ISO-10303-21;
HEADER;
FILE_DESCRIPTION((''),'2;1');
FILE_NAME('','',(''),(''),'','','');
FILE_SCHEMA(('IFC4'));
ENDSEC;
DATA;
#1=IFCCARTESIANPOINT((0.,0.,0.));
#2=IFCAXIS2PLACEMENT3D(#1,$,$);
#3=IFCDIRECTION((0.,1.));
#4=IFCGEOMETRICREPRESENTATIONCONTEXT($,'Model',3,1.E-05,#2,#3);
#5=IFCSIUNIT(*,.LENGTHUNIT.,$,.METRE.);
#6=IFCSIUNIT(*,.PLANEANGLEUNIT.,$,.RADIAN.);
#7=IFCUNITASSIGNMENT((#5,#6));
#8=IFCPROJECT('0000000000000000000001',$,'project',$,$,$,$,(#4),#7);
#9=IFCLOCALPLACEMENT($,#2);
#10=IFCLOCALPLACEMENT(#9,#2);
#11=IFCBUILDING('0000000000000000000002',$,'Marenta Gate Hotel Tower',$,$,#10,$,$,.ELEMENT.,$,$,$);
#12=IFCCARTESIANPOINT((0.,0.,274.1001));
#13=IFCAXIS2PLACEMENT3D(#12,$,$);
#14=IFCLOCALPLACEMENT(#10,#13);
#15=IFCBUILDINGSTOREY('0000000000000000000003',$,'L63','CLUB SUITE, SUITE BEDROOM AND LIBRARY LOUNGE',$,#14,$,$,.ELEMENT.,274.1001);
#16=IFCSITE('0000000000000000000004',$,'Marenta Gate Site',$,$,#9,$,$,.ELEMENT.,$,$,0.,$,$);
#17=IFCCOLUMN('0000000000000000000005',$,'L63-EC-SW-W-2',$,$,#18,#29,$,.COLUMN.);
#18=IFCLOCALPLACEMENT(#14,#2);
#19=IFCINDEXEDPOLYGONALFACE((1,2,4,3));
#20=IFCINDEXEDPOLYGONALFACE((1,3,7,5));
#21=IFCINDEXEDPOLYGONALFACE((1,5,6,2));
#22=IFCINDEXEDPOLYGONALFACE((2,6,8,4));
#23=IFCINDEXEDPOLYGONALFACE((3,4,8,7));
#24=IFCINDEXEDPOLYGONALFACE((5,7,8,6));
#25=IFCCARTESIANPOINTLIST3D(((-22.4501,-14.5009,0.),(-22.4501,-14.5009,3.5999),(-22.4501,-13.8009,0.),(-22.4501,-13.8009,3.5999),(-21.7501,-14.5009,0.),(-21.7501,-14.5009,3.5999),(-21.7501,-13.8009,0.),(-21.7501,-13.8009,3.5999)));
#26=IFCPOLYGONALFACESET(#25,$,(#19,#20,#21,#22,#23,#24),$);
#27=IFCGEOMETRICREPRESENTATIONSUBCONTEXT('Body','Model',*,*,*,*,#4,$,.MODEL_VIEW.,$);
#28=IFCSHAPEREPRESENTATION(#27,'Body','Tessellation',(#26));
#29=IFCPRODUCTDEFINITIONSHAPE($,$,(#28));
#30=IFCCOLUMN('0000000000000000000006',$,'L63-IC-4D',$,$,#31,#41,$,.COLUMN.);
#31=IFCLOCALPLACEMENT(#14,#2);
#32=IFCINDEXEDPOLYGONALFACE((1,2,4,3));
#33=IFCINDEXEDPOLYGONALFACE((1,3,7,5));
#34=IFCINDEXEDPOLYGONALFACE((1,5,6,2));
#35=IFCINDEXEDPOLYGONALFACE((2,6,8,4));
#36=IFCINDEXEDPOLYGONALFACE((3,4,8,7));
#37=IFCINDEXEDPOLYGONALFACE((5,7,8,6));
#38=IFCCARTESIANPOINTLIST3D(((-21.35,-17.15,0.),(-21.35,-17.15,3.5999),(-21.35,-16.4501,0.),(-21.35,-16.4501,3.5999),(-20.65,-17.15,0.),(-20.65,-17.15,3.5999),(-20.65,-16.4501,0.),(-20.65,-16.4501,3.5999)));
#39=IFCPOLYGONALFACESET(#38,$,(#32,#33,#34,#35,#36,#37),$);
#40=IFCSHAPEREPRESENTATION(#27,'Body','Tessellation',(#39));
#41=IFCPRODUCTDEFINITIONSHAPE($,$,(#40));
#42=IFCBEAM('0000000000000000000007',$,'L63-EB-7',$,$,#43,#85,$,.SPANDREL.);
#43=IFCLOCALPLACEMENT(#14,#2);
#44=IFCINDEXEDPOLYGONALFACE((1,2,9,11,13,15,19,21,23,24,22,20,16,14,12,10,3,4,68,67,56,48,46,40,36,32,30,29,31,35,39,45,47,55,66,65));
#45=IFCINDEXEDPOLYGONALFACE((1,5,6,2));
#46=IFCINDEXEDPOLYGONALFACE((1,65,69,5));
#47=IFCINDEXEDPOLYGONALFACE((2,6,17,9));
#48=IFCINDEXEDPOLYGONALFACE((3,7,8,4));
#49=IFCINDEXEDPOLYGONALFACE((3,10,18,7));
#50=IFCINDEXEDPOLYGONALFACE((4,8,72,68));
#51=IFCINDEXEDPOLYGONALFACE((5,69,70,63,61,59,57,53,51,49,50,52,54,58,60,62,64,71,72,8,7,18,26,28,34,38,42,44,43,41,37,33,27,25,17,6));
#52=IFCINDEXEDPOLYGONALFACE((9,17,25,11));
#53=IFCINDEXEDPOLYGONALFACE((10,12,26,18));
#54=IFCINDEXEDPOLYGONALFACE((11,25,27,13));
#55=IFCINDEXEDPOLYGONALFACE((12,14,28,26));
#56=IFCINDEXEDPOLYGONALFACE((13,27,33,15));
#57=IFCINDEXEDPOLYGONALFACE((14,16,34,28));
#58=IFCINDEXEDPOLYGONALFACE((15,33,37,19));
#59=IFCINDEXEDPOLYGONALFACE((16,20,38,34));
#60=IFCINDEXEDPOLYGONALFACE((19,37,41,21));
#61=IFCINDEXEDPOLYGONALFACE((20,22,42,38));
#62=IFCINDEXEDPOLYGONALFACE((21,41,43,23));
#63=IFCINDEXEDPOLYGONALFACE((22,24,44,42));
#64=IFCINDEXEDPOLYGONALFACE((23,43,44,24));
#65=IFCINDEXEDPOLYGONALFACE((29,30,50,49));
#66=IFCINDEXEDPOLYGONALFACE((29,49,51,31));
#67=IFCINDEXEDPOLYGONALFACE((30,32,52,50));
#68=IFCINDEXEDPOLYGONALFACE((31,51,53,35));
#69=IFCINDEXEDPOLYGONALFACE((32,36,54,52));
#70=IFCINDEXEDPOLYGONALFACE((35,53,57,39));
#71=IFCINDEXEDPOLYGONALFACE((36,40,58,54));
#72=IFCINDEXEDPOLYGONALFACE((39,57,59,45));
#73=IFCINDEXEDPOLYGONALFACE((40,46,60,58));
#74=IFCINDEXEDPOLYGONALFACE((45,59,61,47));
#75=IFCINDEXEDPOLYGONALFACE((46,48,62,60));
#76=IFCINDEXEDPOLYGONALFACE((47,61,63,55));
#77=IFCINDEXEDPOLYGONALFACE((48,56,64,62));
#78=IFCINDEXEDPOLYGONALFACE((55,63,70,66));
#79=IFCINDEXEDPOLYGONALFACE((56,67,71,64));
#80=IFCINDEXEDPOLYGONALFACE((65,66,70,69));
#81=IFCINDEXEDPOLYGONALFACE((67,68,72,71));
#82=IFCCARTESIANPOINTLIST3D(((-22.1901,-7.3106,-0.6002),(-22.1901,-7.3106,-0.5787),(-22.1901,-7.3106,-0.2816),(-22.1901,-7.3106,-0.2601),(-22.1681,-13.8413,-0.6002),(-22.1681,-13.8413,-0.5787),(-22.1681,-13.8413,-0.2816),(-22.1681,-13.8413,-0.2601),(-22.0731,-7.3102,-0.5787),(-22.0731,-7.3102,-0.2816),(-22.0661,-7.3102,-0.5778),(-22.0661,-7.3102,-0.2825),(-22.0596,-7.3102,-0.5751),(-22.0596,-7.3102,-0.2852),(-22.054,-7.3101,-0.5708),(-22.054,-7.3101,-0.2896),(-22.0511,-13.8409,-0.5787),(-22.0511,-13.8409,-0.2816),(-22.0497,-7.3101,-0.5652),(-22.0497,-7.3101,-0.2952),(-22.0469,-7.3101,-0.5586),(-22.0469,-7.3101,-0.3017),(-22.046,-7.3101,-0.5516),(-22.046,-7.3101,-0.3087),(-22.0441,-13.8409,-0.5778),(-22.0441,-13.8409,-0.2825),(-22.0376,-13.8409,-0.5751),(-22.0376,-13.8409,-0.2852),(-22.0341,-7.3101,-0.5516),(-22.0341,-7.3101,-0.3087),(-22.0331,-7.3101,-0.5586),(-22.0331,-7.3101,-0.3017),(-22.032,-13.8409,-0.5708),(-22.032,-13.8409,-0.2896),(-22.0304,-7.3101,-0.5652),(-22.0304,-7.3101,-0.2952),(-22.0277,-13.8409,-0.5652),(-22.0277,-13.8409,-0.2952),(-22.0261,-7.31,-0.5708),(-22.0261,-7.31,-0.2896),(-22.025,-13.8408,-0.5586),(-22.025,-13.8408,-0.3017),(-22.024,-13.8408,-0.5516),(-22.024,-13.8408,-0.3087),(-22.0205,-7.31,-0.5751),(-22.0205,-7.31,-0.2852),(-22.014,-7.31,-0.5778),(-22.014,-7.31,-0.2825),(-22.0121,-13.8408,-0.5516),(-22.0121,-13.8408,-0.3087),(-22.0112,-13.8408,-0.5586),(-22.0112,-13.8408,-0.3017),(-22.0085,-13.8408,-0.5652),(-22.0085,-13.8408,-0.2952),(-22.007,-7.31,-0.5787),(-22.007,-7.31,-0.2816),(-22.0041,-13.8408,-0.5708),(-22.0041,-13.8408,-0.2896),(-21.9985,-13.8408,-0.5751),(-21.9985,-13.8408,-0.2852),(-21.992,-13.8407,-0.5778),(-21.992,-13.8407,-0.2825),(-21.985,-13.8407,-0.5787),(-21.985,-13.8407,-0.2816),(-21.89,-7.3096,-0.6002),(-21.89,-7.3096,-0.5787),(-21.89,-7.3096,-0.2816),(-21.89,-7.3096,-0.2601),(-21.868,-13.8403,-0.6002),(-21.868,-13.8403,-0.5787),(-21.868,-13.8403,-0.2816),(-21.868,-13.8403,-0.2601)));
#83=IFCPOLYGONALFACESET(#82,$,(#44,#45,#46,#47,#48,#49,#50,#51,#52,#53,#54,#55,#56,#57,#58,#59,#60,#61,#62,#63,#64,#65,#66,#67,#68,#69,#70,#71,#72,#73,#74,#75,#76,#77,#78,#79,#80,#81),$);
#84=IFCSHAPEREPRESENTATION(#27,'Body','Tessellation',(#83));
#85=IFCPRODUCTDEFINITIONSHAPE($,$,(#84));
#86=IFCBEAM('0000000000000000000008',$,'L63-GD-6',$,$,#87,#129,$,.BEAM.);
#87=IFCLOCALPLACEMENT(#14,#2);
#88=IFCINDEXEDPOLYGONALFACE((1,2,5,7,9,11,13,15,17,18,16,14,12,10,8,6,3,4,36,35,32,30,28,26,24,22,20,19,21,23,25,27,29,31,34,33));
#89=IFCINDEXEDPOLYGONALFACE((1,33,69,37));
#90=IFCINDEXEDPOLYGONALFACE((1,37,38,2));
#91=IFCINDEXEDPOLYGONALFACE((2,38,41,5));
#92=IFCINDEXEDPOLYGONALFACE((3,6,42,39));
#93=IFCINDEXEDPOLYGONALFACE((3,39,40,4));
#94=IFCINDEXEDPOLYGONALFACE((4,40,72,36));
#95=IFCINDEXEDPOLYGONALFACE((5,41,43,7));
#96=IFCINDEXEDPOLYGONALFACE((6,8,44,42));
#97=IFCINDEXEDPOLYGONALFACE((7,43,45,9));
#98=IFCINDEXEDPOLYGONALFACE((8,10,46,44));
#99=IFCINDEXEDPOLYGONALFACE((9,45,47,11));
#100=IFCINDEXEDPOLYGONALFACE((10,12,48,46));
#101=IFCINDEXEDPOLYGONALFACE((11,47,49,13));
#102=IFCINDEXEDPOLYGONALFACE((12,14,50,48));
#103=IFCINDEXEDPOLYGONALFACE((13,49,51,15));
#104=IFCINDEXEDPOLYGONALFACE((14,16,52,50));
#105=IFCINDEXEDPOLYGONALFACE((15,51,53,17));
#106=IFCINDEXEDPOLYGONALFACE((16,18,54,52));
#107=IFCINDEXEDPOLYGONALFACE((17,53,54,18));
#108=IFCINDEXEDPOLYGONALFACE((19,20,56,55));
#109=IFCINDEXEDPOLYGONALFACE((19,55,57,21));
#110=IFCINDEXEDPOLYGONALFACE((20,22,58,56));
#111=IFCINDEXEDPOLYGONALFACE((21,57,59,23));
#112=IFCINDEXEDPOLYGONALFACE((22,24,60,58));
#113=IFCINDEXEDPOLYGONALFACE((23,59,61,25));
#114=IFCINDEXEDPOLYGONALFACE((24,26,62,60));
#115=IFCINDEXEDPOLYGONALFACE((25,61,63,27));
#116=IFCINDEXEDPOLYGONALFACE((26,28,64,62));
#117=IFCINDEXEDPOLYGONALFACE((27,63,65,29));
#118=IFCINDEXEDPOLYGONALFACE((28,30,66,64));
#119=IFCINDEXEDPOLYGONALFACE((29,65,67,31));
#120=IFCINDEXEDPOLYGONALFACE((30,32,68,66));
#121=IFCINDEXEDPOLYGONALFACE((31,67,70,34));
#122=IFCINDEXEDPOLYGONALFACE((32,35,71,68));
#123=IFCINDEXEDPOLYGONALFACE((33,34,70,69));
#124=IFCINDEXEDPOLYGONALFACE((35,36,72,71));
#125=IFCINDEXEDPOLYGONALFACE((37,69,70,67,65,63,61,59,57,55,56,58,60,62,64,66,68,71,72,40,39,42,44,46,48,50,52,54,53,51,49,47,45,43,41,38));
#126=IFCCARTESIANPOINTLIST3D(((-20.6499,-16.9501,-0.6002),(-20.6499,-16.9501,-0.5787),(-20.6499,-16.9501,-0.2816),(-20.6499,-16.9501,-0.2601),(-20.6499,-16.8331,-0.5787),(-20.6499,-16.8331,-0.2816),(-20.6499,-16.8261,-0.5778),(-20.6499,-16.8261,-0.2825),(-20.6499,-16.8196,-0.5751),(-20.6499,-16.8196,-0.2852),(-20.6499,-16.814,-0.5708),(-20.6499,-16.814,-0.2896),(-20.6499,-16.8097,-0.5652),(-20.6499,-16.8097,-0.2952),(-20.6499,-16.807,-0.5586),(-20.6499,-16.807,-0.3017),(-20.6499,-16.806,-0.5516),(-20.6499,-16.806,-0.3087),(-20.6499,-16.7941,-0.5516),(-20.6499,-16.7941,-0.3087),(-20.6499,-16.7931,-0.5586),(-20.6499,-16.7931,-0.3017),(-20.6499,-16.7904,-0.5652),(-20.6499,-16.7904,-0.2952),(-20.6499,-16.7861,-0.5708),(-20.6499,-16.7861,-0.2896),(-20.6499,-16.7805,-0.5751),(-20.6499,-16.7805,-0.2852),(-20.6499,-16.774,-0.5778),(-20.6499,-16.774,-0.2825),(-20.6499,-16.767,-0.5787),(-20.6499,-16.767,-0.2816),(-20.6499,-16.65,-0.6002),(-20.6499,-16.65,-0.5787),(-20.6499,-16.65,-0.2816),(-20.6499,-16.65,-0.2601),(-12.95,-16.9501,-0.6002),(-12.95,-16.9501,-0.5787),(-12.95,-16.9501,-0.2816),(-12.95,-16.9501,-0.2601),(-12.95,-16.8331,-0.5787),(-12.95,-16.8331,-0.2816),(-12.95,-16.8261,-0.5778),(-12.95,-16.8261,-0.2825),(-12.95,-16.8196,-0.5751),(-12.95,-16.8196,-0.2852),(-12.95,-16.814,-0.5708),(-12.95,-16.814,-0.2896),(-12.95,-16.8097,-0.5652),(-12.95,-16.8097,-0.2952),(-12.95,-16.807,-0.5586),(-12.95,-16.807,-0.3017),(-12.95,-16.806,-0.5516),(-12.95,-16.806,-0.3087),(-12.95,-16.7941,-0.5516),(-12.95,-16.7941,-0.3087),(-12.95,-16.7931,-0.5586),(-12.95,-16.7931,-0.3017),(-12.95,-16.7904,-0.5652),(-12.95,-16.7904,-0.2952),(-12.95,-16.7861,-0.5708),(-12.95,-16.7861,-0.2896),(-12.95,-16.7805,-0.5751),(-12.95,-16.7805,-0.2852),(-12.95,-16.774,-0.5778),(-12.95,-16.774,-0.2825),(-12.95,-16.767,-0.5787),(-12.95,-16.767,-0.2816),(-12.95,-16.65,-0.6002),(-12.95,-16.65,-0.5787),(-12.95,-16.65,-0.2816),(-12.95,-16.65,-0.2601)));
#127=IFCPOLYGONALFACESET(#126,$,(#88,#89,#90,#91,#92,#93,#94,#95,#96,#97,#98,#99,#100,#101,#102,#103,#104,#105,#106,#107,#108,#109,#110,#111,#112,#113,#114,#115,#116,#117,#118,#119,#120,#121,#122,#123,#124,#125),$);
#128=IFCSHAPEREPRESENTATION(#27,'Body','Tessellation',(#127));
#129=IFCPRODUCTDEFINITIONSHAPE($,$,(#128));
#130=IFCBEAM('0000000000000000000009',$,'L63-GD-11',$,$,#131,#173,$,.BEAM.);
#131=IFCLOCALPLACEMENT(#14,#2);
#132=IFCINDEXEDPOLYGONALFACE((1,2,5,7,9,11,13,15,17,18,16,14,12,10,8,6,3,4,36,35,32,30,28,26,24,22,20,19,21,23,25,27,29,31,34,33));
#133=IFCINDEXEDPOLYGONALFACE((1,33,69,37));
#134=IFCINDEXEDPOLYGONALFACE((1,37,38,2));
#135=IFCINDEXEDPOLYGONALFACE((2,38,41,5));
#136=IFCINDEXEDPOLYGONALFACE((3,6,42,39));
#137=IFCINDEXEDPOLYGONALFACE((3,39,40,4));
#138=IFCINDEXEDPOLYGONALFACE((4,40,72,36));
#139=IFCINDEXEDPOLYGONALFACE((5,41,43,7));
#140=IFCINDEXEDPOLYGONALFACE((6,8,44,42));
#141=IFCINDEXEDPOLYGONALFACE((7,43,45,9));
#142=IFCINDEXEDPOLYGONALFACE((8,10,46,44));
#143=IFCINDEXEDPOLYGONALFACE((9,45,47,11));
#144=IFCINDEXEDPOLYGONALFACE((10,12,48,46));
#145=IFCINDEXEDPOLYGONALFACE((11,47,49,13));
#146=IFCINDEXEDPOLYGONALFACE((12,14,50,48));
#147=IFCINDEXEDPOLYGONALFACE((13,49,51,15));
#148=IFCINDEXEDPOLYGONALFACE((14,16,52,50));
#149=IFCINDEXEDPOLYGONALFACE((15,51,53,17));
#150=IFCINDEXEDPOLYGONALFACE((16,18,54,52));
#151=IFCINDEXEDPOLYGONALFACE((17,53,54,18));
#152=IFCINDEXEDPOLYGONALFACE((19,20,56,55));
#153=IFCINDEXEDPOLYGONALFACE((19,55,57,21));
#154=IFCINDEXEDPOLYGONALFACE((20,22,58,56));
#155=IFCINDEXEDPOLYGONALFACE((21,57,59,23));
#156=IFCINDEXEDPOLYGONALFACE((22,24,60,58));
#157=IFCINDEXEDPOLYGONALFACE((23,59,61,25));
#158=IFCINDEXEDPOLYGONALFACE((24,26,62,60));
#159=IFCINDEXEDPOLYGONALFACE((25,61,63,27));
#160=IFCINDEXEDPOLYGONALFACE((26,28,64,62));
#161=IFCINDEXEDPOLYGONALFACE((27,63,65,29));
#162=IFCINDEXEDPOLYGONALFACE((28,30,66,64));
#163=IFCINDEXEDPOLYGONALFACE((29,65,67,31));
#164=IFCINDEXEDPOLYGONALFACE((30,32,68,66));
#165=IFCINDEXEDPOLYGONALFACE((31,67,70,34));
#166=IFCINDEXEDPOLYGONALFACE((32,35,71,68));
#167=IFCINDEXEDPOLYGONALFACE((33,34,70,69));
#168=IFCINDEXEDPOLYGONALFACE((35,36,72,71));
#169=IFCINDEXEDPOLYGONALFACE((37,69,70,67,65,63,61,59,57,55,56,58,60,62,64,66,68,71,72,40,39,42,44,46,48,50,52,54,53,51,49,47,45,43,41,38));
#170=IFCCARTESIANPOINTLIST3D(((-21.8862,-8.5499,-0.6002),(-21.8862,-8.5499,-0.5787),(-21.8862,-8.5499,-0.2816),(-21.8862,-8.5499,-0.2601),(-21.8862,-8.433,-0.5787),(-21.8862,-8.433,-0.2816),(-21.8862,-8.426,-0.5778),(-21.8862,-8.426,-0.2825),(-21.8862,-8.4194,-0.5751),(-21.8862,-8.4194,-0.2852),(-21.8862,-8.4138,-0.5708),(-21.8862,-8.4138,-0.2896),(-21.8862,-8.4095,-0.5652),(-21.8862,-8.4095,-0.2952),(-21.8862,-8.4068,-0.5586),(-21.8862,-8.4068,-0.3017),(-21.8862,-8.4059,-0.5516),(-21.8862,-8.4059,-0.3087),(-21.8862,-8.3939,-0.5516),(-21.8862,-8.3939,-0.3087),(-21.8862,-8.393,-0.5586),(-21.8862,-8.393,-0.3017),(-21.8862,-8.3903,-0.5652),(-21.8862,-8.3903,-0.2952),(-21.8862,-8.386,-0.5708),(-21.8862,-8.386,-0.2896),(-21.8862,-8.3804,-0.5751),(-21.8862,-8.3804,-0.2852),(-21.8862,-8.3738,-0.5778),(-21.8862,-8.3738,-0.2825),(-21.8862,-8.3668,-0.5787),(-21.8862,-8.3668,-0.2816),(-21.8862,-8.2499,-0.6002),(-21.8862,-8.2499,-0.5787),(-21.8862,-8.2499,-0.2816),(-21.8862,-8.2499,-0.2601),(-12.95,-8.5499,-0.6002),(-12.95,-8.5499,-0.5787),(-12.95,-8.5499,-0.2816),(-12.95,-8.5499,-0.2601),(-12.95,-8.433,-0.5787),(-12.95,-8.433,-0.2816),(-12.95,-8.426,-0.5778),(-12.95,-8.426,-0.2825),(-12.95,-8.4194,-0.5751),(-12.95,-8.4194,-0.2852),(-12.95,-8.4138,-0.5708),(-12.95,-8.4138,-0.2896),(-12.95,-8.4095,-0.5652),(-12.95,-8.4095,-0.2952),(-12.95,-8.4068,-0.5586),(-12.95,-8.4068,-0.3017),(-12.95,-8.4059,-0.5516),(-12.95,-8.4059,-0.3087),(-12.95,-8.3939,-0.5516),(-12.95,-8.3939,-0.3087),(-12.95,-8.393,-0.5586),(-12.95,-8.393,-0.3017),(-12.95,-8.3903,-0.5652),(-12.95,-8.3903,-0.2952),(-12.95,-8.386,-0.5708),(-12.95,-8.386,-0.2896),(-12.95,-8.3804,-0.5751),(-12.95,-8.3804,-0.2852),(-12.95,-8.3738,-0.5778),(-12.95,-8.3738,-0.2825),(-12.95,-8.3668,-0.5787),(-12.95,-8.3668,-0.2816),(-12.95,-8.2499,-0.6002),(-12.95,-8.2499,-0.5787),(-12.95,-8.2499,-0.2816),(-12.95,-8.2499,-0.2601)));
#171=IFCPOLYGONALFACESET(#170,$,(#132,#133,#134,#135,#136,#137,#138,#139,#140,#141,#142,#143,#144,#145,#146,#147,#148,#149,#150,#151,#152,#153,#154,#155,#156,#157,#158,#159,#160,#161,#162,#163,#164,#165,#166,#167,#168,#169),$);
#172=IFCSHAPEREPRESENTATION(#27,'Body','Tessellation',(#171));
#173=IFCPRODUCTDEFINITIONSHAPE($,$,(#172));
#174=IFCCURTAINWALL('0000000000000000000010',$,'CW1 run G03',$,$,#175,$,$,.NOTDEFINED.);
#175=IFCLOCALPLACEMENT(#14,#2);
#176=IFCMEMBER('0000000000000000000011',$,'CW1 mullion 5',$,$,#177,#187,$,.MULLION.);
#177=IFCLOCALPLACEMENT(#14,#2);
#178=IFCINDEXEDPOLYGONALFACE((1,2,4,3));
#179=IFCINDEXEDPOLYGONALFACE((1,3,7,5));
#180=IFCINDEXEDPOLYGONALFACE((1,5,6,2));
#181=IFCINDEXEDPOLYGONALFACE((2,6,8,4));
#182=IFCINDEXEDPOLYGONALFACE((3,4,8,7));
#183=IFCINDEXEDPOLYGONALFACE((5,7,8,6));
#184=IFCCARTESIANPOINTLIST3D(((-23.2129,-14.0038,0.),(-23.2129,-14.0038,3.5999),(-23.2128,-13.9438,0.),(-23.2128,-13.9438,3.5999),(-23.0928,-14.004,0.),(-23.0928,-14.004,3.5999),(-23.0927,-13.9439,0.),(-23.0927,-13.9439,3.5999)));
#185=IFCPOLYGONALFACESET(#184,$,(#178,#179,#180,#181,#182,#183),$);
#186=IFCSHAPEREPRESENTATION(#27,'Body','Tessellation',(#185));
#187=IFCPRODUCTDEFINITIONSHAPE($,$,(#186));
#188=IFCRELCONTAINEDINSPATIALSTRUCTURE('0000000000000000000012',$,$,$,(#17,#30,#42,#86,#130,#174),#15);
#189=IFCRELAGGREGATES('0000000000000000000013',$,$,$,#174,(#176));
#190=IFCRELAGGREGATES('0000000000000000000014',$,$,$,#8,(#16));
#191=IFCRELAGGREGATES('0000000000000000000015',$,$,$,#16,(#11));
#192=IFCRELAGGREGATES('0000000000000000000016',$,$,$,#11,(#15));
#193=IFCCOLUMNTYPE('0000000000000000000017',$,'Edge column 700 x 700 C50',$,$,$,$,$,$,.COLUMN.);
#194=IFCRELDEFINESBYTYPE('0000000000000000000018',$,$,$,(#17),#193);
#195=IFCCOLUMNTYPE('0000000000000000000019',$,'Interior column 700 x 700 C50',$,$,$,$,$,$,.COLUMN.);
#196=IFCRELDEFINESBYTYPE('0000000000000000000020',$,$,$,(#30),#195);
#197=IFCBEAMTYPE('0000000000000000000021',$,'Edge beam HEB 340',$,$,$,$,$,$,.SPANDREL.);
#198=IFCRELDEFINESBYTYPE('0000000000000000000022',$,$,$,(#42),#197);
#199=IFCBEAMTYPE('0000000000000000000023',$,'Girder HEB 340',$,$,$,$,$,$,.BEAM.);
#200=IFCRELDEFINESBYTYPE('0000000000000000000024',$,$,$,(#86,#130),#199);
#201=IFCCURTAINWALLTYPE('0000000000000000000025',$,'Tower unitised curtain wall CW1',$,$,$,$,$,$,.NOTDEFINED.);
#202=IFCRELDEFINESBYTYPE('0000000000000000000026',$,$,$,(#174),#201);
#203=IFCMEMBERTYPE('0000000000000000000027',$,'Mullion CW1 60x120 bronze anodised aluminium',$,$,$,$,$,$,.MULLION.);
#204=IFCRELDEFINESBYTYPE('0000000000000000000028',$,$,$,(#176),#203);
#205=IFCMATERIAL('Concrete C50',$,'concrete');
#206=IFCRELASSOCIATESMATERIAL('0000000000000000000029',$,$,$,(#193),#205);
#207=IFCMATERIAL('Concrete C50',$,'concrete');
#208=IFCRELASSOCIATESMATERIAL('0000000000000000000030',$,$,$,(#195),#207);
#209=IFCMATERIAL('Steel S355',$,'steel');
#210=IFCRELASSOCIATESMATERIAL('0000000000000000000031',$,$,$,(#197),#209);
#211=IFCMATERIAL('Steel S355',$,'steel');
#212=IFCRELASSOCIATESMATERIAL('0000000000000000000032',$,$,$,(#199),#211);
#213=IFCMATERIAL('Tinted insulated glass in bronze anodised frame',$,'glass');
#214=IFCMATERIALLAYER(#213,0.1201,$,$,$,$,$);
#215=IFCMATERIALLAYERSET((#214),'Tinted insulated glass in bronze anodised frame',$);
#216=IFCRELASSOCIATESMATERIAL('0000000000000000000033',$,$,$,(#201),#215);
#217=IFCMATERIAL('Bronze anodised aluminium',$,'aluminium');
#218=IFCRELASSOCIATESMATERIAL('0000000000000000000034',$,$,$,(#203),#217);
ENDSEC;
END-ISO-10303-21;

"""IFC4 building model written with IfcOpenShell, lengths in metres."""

from ifc_helpers import new_model, si_unit, direction, frame, origin, origin_2d, place, context, subcontext, project, spatial, rectangle, i_section, extrude, material, layer, layer_set, material_profile, profile_set, type_object, element, aggregate, save


model = new_model("IFC4")

# Units and contexts
model_context = context("Model", 3, precision=1e-05, world=origin(), true_north=direction((0.0, 1.0)))
body_context = subcontext(model_context, "Body", "Model", "MODEL_VIEW")
ifc_project = project(units=[si_unit("LENGTHUNIT", "METRE"), si_unit("PLANEANGLEUNIT", "RADIAN")], contexts=[model_context])

# Site, building, storey
site_placement = place(None, origin())
site = spatial("IfcSite", under=ifc_project, at=site_placement, Name="Marenta Gate Site", CompositionType="ELEMENT", RefElevation=0.0)
building_placement = place(site_placement, origin())
building = spatial("IfcBuilding", under=site, at=building_placement, Name="Marenta Gate Hotel Tower", CompositionType="ELEMENT")
storey_placement = place(building_placement, frame((0.0, 0.0, 274.1001)))
storey = spatial("IfcBuildingStorey", under=building, at=storey_placement, Name="L63", Description="CLUB SUITE, SUITE BEDROOM AND LIBRARY LOUNGE", CompositionType="ELEMENT", Elevation=274.1001)

# Columns
ifc_material_1 = material(Name="Concrete C50", Category="concrete")
ifc_material_profile_1 = material_profile(ifc_material_1, rectangle(XDim=0.7, YDim=0.7, at=origin_2d()), Name="700 x 700")
ifc_profile_set_1 = profile_set([ifc_material_profile_1], Name="Concrete C50")
column_type_1 = type_object("IfcColumnType", Name="Edge column 700 x 700 C50", PredefinedType="COLUMN", material=ifc_profile_set_1)
column_1_placement = place(storey_placement, frame((-22.1001, -14.1509, 0.0), z_axis=(0.0, 0.0, 1.0), x_axis=(1.0, 0.0, 0.0)))
element("IfcColumn", 1, at=column_1_placement, inside=storey, type_object=column_type_1, Name="L63-EC-SW-W-2", PredefinedType="COLUMN", context=body_context, shape_type="SweptSolid", body=[
    extrude(rectangle(XDim=0.7, YDim=0.7, at=origin_2d()), origin(), (0.0, 0.0, 1.0), 3.5999),
])
ifc_material_2 = material(Name="Concrete C50", Category="concrete")
ifc_material_profile_2 = material_profile(ifc_material_2, rectangle(XDim=0.7, YDim=0.7, at=origin_2d()), Name="700 x 700")
ifc_profile_set_2 = profile_set([ifc_material_profile_2], Name="Concrete C50")
column_type_2 = type_object("IfcColumnType", Name="Interior column 700 x 700 C50", PredefinedType="COLUMN", material=ifc_profile_set_2)
column_2_placement = place(storey_placement, frame((-21.0, -16.8, 0.0), z_axis=(0.0, 0.0, 1.0), x_axis=(1.0, 0.0, 0.0)))
element("IfcColumn", 2, at=column_2_placement, inside=storey, type_object=column_type_2, Name="L63-IC-4D", PredefinedType="COLUMN", context=body_context, shape_type="SweptSolid", body=[
    extrude(rectangle(XDim=0.7, YDim=0.7, at=origin_2d()), origin(), (0.0, 0.0, 1.0), 3.5999),
])

# Beams
ifc_material_3 = material(Name="Steel S355", Category="steel")
ifc_material_profile_3 = material_profile(ifc_material_3, i_section(OverallWidth=0.3, OverallDepth=0.3401, WebThickness=0.012, FlangeThickness=0.0215, FilletRadius=0.0271, at=origin_2d()), Name="HEB 340")
ifc_profile_set_3 = profile_set([ifc_material_profile_3], Name="Steel S355")
beam_type_1 = type_object("IfcBeamType", Name="Edge beam HEB 340", PredefinedType="SPANDREL", material=ifc_profile_set_3)
beam_1_placement = place(storey_placement, frame((-22.0181, -13.8408, -0.4302), z_axis=(-0.003364, 0.999994, 0.0), x_axis=(-0.999994, -0.003364, 0.0)))
element("IfcBeam", 3, at=beam_1_placement, inside=storey, type_object=beam_type_1, Name="L63-EB-7", PredefinedType="SPANDREL", context=body_context, shape_type="SweptSolid", body=[
    extrude(i_section(OverallWidth=0.3, OverallDepth=0.3401, WebThickness=0.012, FlangeThickness=0.0215, FilletRadius=0.0271, at=origin_2d()), origin(), (0.0, 0.0, 1.0), 6.5308),
])
ifc_material_4 = material(Name="Steel S355", Category="steel")
ifc_material_profile_4 = material_profile(ifc_material_4, i_section(OverallWidth=0.3, OverallDepth=0.3401, WebThickness=0.012, FlangeThickness=0.0215, FilletRadius=0.0271, at=origin_2d()), Name="HEB 340")
ifc_profile_set_4 = profile_set([ifc_material_profile_4], Name="Steel S355")
beam_type_2 = type_object("IfcBeamType", Name="Girder HEB 340", PredefinedType="BEAM", material=ifc_profile_set_4)
beam_2_placement = place(storey_placement, frame((-20.6499, -16.8, -0.4302), z_axis=(1.0, 0.0, 0.0), x_axis=(0.0, 1.0, 0.0)))
element("IfcBeam", 4, at=beam_2_placement, inside=storey, type_object=beam_type_2, Name="L63-GD-6", PredefinedType="BEAM", context=body_context, shape_type="SweptSolid", body=[
    extrude(i_section(OverallWidth=0.3, OverallDepth=0.3401, WebThickness=0.012, FlangeThickness=0.0215, FilletRadius=0.0271, at=origin_2d()), origin(), (0.0, 0.0, 1.0), 7.7),
])
beam_3_placement = place(storey_placement, frame((-21.8862, -8.3999, -0.4302), z_axis=(1.0, 0.0, 0.0), x_axis=(0.0, 1.0, 0.0)))
element("IfcBeam", 5, at=beam_3_placement, inside=storey, type_object=beam_type_2, Name="L63-GD-11", PredefinedType="BEAM", context=body_context, shape_type="SweptSolid", body=[
    extrude(i_section(OverallWidth=0.3, OverallDepth=0.3401, WebThickness=0.012, FlangeThickness=0.0215, FilletRadius=0.0271, at=origin_2d()), origin(), (0.0, 0.0, 1.0), 8.9363),
])

# Curtain wall, member
ifc_material_5 = material(Name="Tinted insulated glass in bronze anodised frame", Category="glass")
ifc_layer_1 = layer(ifc_material_5, 0.1201)
ifc_layer_set_1 = layer_set([ifc_layer_1], Name="Tinted insulated glass in bronze anodised frame")
curtain_wall_type = type_object("IfcCurtainWallType", Name="Tower unitised curtain wall CW1", PredefinedType="NOTDEFINED", material=ifc_layer_set_1)
curtain_wall_placement = place(storey_placement, origin())
curtain_wall = element("IfcCurtainWall", 6, at=curtain_wall_placement, inside=storey, type_object=curtain_wall_type, Name="CW1 run G03", PredefinedType="NOTDEFINED")
ifc_material_6 = material(Name="Bronze anodised aluminium", Category="aluminium")
ifc_material_profile_5 = material_profile(ifc_material_6, rectangle(XDim=0.1201, YDim=0.0601, at=origin_2d()), Name="Mullion CW1 60x120 bronze anodised aluminium")
ifc_profile_set_5 = profile_set([ifc_material_profile_5], Name="Bronze anodised aluminium")
member_type_1 = type_object("IfcMemberType", Name="Mullion CW1 60x120 bronze anodised aluminium", PredefinedType="MULLION", material=ifc_profile_set_5)
member_1_placement = place(storey_placement, frame((-23.1528, -13.9739, 0.0), z_axis=(0.0, 0.0, 1.0), x_axis=(0.999999, -0.001566, 0.0)))
member_1 = element("IfcMember", 7, at=member_1_placement, type_object=member_type_1, Name="CW1 mullion 5", PredefinedType="MULLION", context=body_context, shape_type="SweptSolid", body=[
    extrude(rectangle(XDim=0.1201, YDim=0.0601, at=origin_2d()), origin(), (0.0, 0.0, 1.0), 3.5999),
])
aggregate(curtain_wall, [member_1])

save(model, "model.ifc")
